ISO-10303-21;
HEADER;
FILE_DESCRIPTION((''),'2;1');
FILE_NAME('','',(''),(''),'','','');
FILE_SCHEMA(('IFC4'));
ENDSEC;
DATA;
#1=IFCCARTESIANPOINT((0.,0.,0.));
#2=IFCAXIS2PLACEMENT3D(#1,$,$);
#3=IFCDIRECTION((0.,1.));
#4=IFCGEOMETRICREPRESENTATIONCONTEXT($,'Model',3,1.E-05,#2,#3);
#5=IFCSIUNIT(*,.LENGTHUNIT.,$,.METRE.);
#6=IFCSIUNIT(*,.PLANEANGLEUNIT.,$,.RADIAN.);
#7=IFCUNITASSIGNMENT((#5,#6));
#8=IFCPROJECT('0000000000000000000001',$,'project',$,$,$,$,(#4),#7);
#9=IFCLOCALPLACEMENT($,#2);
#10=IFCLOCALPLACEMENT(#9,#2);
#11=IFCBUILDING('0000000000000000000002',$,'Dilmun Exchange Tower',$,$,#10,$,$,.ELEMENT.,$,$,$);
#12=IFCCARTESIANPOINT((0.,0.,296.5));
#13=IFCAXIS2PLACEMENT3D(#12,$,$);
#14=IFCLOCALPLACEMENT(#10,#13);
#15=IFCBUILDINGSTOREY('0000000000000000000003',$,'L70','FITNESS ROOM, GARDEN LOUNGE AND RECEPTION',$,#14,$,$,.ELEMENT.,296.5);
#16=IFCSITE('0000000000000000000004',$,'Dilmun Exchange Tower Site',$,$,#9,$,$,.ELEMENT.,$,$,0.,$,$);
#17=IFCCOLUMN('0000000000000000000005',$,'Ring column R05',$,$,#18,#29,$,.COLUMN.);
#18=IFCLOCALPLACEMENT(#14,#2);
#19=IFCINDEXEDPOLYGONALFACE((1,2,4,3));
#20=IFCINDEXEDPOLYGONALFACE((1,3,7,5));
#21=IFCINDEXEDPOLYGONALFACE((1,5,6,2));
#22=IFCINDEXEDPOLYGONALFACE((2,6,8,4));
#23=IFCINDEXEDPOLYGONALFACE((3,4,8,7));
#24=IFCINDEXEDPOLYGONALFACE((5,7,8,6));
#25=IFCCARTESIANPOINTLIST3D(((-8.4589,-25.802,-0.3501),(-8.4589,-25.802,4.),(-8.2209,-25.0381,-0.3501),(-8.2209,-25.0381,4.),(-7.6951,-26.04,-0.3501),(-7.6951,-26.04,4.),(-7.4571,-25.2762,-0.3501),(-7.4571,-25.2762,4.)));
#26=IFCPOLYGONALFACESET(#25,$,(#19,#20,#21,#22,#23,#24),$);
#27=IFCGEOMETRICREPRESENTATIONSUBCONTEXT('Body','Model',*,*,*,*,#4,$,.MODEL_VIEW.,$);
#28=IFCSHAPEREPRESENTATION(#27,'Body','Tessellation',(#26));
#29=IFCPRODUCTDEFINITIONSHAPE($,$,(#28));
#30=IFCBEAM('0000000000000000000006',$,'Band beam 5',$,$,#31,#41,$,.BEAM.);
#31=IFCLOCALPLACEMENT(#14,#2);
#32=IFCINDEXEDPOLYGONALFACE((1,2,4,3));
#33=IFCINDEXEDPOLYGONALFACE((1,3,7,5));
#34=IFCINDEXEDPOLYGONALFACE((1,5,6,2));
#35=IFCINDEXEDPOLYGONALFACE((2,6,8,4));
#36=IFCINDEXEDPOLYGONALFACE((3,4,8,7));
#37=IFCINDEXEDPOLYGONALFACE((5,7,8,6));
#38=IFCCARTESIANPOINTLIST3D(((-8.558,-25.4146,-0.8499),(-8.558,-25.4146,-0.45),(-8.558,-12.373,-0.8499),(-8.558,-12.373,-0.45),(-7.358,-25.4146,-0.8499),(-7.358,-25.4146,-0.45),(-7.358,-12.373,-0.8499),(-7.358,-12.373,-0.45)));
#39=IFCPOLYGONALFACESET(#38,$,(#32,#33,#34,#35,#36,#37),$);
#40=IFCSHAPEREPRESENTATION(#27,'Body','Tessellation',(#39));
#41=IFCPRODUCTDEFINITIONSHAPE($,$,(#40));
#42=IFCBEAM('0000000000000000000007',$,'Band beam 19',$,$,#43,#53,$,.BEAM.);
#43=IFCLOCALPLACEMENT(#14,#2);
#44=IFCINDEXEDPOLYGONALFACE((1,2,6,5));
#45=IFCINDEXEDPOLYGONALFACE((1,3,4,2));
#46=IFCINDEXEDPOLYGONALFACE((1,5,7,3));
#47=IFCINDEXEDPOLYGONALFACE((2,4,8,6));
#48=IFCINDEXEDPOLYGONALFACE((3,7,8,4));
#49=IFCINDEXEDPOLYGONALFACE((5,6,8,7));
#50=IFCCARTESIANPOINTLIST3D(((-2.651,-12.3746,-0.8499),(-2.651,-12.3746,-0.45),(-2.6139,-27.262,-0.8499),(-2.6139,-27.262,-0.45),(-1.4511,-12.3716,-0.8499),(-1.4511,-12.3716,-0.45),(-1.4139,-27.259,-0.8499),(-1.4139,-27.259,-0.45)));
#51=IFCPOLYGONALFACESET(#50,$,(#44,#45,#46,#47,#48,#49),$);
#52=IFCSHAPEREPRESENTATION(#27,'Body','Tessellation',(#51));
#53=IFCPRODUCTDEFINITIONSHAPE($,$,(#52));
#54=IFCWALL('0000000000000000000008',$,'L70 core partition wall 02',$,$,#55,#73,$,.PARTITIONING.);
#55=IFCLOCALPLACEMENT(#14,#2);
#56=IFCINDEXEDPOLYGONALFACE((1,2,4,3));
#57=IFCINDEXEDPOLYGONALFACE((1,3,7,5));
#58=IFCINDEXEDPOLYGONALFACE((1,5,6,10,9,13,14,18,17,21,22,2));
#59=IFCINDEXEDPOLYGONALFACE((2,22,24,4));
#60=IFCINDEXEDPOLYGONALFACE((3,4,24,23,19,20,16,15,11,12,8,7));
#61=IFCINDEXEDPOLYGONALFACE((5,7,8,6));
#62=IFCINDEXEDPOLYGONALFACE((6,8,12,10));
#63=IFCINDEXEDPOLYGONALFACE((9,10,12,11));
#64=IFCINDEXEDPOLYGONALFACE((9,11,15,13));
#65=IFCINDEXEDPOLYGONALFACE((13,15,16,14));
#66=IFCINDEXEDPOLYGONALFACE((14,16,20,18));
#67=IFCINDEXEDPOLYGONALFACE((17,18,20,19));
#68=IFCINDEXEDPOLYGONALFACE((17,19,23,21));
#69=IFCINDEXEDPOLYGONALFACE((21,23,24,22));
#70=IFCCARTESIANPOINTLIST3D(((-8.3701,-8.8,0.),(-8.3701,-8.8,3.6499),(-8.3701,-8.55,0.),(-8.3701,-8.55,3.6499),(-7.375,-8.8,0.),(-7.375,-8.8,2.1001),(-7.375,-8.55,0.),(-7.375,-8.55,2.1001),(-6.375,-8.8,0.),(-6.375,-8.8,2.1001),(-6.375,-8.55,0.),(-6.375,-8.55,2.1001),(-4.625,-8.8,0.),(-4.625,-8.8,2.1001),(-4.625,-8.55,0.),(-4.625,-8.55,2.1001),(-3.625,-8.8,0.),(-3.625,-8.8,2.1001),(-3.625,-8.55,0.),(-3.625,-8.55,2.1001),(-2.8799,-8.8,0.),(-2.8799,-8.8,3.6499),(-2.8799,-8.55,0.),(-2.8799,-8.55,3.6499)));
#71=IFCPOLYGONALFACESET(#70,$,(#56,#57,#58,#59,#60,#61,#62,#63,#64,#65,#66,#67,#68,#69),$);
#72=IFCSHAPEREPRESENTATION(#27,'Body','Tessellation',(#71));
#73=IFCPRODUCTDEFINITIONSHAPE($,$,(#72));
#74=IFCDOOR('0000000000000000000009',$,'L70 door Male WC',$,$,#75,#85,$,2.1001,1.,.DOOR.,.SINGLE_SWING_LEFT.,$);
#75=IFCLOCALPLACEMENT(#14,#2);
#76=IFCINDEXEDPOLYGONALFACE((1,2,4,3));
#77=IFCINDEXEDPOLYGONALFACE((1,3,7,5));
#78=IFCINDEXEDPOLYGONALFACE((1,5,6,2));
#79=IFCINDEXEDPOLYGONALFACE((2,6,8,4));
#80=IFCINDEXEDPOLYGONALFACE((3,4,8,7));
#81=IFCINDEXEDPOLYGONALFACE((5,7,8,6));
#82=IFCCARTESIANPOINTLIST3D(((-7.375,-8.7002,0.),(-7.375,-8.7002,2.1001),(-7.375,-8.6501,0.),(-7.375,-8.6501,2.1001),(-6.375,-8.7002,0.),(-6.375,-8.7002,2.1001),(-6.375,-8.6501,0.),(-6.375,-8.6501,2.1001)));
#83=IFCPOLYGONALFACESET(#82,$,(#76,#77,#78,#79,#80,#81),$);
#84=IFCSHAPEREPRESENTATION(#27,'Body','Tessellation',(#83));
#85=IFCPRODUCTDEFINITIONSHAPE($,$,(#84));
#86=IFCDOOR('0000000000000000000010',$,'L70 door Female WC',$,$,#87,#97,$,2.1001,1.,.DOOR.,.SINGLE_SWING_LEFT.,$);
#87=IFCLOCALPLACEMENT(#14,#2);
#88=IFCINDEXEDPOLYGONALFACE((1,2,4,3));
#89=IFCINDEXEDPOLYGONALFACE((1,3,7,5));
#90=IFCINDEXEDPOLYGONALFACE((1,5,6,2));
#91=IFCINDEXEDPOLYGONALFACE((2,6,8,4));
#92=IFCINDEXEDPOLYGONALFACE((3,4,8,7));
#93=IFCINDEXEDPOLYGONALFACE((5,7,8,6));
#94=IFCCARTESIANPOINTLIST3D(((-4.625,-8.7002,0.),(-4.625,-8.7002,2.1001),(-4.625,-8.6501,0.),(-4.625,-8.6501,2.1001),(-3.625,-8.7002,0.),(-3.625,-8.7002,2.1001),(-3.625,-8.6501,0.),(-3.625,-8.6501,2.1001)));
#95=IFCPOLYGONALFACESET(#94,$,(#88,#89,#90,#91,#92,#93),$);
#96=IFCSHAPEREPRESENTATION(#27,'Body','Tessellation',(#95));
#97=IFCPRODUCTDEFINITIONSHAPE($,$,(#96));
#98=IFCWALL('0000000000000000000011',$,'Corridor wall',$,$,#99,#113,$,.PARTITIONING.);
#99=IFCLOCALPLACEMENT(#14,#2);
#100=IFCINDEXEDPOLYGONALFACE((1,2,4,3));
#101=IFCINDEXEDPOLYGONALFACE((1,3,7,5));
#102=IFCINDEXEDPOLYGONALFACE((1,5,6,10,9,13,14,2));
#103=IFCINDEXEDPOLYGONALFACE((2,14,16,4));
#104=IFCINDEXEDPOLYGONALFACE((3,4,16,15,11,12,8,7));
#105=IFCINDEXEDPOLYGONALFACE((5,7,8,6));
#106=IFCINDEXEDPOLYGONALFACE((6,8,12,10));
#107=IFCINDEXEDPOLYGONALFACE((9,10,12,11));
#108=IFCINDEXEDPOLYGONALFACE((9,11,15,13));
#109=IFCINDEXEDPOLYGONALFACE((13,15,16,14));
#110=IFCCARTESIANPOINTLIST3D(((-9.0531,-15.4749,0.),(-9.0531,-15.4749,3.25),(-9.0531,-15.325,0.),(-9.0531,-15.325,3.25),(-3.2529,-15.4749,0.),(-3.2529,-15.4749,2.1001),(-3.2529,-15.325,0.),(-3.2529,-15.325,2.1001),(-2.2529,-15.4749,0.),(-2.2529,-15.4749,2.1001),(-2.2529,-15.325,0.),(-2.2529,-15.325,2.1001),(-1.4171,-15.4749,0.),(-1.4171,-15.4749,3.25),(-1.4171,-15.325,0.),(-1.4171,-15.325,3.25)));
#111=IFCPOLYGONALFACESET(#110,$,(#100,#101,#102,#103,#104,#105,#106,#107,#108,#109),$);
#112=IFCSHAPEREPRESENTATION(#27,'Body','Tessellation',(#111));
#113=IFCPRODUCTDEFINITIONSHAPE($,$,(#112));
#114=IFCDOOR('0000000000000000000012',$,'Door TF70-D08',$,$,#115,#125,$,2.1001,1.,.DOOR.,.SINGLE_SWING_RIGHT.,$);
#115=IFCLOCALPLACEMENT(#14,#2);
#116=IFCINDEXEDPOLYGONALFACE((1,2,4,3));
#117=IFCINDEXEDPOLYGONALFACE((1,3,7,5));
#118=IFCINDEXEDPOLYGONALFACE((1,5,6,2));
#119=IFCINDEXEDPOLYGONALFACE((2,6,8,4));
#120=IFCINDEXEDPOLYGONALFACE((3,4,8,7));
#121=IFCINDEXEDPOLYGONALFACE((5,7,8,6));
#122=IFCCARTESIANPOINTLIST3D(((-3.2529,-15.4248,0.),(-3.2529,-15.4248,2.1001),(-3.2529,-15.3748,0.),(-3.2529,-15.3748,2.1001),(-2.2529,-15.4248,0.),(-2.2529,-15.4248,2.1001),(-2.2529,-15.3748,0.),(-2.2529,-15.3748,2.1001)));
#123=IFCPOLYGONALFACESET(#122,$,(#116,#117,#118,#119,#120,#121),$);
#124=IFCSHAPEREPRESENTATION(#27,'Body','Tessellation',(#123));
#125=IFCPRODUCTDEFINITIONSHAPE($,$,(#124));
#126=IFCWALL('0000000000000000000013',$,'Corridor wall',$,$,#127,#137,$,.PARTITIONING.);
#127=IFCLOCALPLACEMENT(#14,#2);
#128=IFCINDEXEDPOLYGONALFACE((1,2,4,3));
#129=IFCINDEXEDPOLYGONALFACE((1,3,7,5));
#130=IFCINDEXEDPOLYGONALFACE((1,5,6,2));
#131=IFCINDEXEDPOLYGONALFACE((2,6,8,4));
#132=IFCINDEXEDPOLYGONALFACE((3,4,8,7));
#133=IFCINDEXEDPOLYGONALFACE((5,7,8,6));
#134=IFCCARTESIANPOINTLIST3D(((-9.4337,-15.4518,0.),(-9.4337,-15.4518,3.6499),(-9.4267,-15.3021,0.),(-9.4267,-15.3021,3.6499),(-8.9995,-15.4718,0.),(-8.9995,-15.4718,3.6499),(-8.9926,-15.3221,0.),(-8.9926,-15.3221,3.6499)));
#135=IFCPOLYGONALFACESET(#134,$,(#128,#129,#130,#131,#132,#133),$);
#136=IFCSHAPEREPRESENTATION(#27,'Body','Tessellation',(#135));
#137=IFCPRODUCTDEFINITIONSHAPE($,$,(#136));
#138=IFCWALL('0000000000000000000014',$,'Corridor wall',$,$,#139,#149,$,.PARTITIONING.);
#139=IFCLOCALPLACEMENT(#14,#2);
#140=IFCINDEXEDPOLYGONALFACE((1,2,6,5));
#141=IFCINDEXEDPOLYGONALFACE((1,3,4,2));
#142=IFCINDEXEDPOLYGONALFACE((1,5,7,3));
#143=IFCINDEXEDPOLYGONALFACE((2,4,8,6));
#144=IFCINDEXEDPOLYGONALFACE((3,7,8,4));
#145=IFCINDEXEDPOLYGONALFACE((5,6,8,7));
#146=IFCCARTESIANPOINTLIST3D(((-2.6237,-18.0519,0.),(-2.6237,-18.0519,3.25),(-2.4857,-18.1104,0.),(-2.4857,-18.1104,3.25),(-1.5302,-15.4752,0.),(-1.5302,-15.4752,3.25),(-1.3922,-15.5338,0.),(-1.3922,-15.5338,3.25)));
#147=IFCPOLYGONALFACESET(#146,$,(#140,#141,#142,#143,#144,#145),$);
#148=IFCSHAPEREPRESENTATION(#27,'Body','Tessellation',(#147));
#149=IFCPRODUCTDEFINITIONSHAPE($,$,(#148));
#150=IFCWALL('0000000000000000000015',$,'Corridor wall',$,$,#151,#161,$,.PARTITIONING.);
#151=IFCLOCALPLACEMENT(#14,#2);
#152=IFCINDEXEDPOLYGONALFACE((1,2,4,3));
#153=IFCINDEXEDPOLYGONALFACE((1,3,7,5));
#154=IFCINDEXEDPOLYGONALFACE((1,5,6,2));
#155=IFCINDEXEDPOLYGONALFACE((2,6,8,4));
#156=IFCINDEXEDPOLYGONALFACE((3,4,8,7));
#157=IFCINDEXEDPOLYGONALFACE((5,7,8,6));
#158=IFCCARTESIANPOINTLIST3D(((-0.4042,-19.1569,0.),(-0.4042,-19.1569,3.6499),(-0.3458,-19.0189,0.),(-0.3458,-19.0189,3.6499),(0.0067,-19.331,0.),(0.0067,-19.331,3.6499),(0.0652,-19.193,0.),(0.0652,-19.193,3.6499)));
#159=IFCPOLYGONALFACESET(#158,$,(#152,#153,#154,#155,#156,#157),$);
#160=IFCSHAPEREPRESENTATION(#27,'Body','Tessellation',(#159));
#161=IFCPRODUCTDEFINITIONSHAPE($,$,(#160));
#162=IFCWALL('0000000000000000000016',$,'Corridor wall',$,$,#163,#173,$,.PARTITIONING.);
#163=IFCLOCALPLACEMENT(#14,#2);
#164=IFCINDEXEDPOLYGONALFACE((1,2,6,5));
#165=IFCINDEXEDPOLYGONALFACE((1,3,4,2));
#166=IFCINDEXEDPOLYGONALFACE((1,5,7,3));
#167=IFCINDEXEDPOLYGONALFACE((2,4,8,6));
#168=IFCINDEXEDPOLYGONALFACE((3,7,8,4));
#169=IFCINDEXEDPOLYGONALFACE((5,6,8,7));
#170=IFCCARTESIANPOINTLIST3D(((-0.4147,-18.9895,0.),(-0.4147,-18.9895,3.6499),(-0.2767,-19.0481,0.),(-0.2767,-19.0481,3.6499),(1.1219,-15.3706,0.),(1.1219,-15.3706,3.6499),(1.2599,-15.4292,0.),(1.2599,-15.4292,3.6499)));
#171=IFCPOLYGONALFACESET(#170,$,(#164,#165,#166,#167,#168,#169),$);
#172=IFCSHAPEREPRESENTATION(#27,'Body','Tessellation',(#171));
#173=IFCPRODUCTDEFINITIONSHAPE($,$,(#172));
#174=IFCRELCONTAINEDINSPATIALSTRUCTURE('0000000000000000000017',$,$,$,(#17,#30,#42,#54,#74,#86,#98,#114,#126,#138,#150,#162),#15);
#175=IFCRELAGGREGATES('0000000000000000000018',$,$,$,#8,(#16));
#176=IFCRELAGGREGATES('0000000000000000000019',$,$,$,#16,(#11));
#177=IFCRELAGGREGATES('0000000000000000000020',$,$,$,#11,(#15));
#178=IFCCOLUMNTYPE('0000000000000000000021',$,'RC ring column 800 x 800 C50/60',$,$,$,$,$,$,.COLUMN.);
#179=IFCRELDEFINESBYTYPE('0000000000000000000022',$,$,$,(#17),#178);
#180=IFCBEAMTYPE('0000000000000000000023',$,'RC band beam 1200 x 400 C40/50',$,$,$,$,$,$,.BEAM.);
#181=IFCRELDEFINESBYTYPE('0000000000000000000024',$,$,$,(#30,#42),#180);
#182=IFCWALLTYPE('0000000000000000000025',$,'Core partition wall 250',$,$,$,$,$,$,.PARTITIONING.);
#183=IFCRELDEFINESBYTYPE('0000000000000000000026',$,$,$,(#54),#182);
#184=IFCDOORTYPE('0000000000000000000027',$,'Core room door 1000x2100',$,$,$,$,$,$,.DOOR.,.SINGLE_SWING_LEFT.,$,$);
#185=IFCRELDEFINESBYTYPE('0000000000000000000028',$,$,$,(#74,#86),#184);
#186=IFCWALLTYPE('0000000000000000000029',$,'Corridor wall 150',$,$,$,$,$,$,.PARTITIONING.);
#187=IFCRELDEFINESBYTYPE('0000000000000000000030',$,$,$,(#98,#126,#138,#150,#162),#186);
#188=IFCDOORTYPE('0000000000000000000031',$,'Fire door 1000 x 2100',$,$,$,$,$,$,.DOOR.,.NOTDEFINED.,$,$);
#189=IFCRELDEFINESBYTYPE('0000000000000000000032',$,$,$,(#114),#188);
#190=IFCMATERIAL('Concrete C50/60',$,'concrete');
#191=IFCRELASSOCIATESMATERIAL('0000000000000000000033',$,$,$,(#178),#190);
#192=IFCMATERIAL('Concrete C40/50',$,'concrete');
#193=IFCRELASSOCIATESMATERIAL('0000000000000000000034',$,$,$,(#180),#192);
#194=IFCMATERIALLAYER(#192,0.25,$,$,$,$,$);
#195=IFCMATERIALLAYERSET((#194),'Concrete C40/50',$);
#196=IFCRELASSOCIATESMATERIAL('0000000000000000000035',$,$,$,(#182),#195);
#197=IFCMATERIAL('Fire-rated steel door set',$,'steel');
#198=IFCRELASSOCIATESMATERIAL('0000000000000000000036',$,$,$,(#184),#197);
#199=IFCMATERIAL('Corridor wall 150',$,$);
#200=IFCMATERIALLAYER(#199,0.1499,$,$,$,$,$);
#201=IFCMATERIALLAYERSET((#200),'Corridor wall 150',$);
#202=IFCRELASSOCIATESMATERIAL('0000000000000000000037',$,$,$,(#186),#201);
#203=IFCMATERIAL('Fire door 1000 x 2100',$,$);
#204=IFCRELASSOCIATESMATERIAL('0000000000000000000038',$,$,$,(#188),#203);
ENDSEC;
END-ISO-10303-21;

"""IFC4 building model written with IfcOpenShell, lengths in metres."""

from ifc_helpers import new_model, si_unit, direction, frame, frame_2d, origin, origin_2d, place, context, subcontext, project, spatial, rectangle, extrude, material, layer, layer_set, material_profile, profile_set, type_object, element, fill, save


model = new_model("IFC4")

# Units and contexts
model_context = context("Model", 3, precision=1e-05, world=origin(), true_north=direction((0.0, 1.0)))
body_context = subcontext(model_context, "Body", "Model", "MODEL_VIEW")
ifc_project = project(units=[si_unit("LENGTHUNIT", "METRE"), si_unit("PLANEANGLEUNIT", "RADIAN")], contexts=[model_context])

# Site, building, storey
site_placement = place(None, origin())
site = spatial("IfcSite", under=ifc_project, at=site_placement, Name="Dilmun Exchange Tower Site", CompositionType="ELEMENT", RefElevation=0.0)
building_placement = place(site_placement, origin())
building = spatial("IfcBuilding", under=site, at=building_placement, Name="Dilmun Exchange Tower", CompositionType="ELEMENT")
storey_placement = place(building_placement, frame((0.0, 0.0, 296.5)))
storey = spatial("IfcBuildingStorey", under=building, at=storey_placement, Name="L70", Description="FITNESS ROOM, GARDEN LOUNGE AND RECEPTION", CompositionType="ELEMENT", Elevation=296.5)

# Column
ifc_material_1 = material(Name="Concrete C50/60", Category="concrete")
ifc_material_profile_1 = material_profile(ifc_material_1, rectangle(XDim=0.8, YDim=0.8, at=origin_2d()), Name="800 x 800")
ifc_profile_set_1 = profile_set([ifc_material_profile_1], Name="Concrete C50/60")
column_type = type_object("IfcColumnType", Name="RC ring column 800 x 800 C50/60", PredefinedType="COLUMN", material=ifc_profile_set_1)
column_placement = place(storey_placement, frame((-7.958, -25.5391, -0.3501), z_axis=(0.0, 0.0, 1.0), x_axis=(0.297503, 0.954721, 0.0)))
element("IfcColumn", 1, at=column_placement, inside=storey, type_object=column_type, Name="Ring column R05", PredefinedType="COLUMN", context=body_context, shape_type="SweptSolid", body=[
    extrude(rectangle(XDim=0.8, YDim=0.8, at=origin_2d()), origin(), (0.0, 0.0, 1.0), 4.3501),
])

# Beams
ifc_material_2 = material(Name="Concrete C40/50", Category="concrete")
ifc_material_profile_2 = material_profile(ifc_material_2, rectangle(XDim=1.2, YDim=0.3999, at=origin_2d()), Name="1200 x 400")
ifc_profile_set_2 = profile_set([ifc_material_profile_2], Name="Concrete C40/50")
beam_type = type_object("IfcBeamType", Name="RC band beam 1200 x 400 C40/50", PredefinedType="BEAM", material=ifc_profile_set_2)
beam_1_placement = place(storey_placement, frame((-7.958, -25.4146, -0.6499), z_axis=(0.0, 1.0, 0.0), x_axis=(-1.0, 0.0, 0.0)))
element("IfcBeam", 2, at=beam_1_placement, inside=storey, type_object=beam_type, Name="Band beam 5", PredefinedType="BEAM", context=body_context, shape_type="SweptSolid", body=[
    extrude(rectangle(XDim=1.2, YDim=0.3999, at=origin_2d()), origin(), (0.0, 0.0, 1.0), 13.0415),
])
beam_2_placement = place(storey_placement, frame((-2.0139, -27.2605, -0.6499), z_axis=(-0.002493, 0.999997, 0.0), x_axis=(-0.999997, -0.002493, 0.0)))
element("IfcBeam", 3, at=beam_2_placement, inside=storey, type_object=beam_type, Name="Band beam 19", PredefinedType="BEAM", context=body_context, shape_type="SweptSolid", body=[
    extrude(rectangle(XDim=1.2, YDim=0.3999, at=origin_2d()), origin(), (0.0, 0.0, 1.0), 14.8875),
])

# Wall, openings, doors
ifc_layer_1 = layer(ifc_material_2, 0.25)
ifc_layer_set_1 = layer_set([ifc_layer_1], Name="Concrete C40/50")
wall_type_1 = type_object("IfcWallType", Name="Core partition wall 250", PredefinedType="PARTITIONING", material=ifc_layer_set_1)
wall_1_placement = place(storey_placement, frame((-8.3701, -8.675, 0.0), z_axis=(0.0, 0.0, 1.0), x_axis=(1.0, 0.0, 0.0)))
wall_1 = element("IfcWall", 4, at=wall_1_placement, inside=storey, type_object=wall_type_1, Name="L70 core partition wall 02", PredefinedType="PARTITIONING", context=body_context, shape_type="SweptSolid", body=[
    extrude(rectangle(XDim=5.4902, YDim=0.25, at=frame_2d((2.7451, 0.0))), origin(), (0.0, 0.0, 1.0), 3.6499),
])
opening_1_placement = place(wall_1_placement, frame((0.9951, 0.0, 0.0)))
opening_1 = element("IfcOpeningElement", 5, at=opening_1_placement, cuts=wall_1, PredefinedType="OPENING", context=body_context, shape_type="SweptSolid", body=[
    extrude(rectangle(XDim=1.0, YDim=2.1001, at=frame_2d((0.5, 1.05))), frame((0.0, 0.135, 0.0), z_axis=(0.0, -1.0, 0.0), x_axis=(1.0, 0.0, 0.0)), (0.0, 0.0, 1.0), 0.27),
])
opening_2_placement = place(wall_1_placement, frame((3.7451, 0.0, 0.0)))
opening_2 = element("IfcOpeningElement", 6, at=opening_2_placement, cuts=wall_1, PredefinedType="OPENING", context=body_context, shape_type="SweptSolid", body=[
    extrude(rectangle(XDim=1.0, YDim=2.1001, at=frame_2d((0.5, 1.05))), frame((0.0, 0.135, 0.0), z_axis=(0.0, -1.0, 0.0), x_axis=(1.0, 0.0, 0.0)), (0.0, 0.0, 1.0), 0.27),
])
ifc_material_3 = material(Name="Fire-rated steel door set", Category="steel")
door_type_1 = type_object("IfcDoorType", Name="Core room door 1000x2100", OperationType="SINGLE_SWING_LEFT", PredefinedType="DOOR", material=ifc_material_3)
door_1_placement = place(opening_1_placement, origin())
door_1 = element("IfcDoor", 7, at=door_1_placement, inside=storey, type_object=door_type_1, Name="L70 door Male WC", OperationType="SINGLE_SWING_LEFT", OverallHeight=2.1001, OverallWidth=1.0, PredefinedType="DOOR", context=body_context, shape_type="SweptSolid", body=[
    extrude(rectangle(XDim=1.0, YDim=2.1001, at=frame_2d((0.5, 1.05))), frame((0.0, 0.0249, 0.0), z_axis=(0.0, -1.0, 0.0), x_axis=(1.0, 0.0, 0.0)), (0.0, 0.0, 1.0), 0.05),
])
fill(opening_1, door_1)
door_2_placement = place(opening_2_placement, origin())
door_2 = element("IfcDoor", 8, at=door_2_placement, inside=storey, type_object=door_type_1, Name="L70 door Female WC", OperationType="SINGLE_SWING_LEFT", OverallHeight=2.1001, OverallWidth=1.0, PredefinedType="DOOR", context=body_context, shape_type="SweptSolid", body=[
    extrude(rectangle(XDim=1.0, YDim=2.1001, at=frame_2d((0.5, 1.05))), frame((0.0, 0.0249, 0.0), z_axis=(0.0, -1.0, 0.0), x_axis=(1.0, 0.0, 0.0)), (0.0, 0.0, 1.0), 0.05),
])
fill(opening_2, door_2)

# Wall, opening, door
ifc_material_4 = material(Name="Corridor wall 150")
ifc_layer_2 = layer(ifc_material_4, 0.1499)
ifc_layer_set_2 = layer_set([ifc_layer_2], Name="Corridor wall 150")
wall_type_2 = type_object("IfcWallType", Name="Corridor wall 150", PredefinedType="PARTITIONING", material=ifc_layer_set_2)
wall_2_placement = place(storey_placement, frame((-9.053, -15.3999, 0.0), z_axis=(0.0, 0.0, 1.0), x_axis=(1.0, 0.0, 0.0)))
wall_2 = element("IfcWall", 9, at=wall_2_placement, inside=storey, type_object=wall_type_2, Name="Corridor wall", PredefinedType="PARTITIONING", context=body_context, shape_type="SweptSolid", body=[
    extrude(rectangle(XDim=7.636, YDim=0.1499, at=frame_2d((3.8179, 0.0))), origin(), (0.0, 0.0, 1.0), 3.25),
])
opening_3_placement = place(wall_2_placement, frame((5.8, 0.0, 0.0)))
opening_3 = element("IfcOpeningElement", 10, at=opening_3_placement, cuts=wall_2, PredefinedType="OPENING", context=body_context, shape_type="SweptSolid", body=[
    extrude(rectangle(XDim=1.0, YDim=2.1001, at=frame_2d((0.5, 1.05))), frame((0.0, 0.085, 0.0), z_axis=(0.0, -1.0, 0.0), x_axis=(1.0, 0.0, 0.0)), (0.0, 0.0, 1.0), 0.1699),
])
ifc_material_5 = material(Name="Fire door 1000 x 2100")
door_type_2 = type_object("IfcDoorType", Name="Fire door 1000 x 2100", OperationType="NOTDEFINED", PredefinedType="DOOR", material=ifc_material_5)
door_3_placement = place(opening_3_placement, frame((1.0, 0.0, 0.0), z_axis=(0.0, 0.0, 1.0), x_axis=(-1.0, 0.0, 0.0)))
door_3 = element("IfcDoor", 11, at=door_3_placement, inside=storey, type_object=door_type_2, Name="Door TF70-D08", OperationType="SINGLE_SWING_RIGHT", OverallHeight=2.1001, OverallWidth=1.0, PredefinedType="DOOR", context=body_context, shape_type="SweptSolid", body=[
    extrude(rectangle(XDim=1.0, YDim=2.1001, at=frame_2d((0.5, 1.05))), frame((0.0, 0.0249, 0.0), z_axis=(0.0, -1.0, 0.0), x_axis=(1.0, 0.0, 0.0)), (0.0, 0.0, 1.0), 0.05),
])
fill(opening_3, door_3)

# Walls
wall_3_placement = place(storey_placement, frame((-8.9961, -15.397, 0.0), z_axis=(0.0, 0.0, 1.0), x_axis=(-0.998938, 0.04607, 0.0)))
element("IfcWall", 12, at=wall_3_placement, inside=storey, type_object=wall_type_2, Name="Corridor wall", PredefinedType="PARTITIONING", context=body_context, shape_type="SweptSolid", body=[
    extrude(rectangle(XDim=0.4346, YDim=0.1499, at=frame_2d((0.2173, 0.0))), origin(), (0.0, 0.0, 1.0), 3.6499),
])
wall_4_placement = place(storey_placement, frame((-2.5547, -18.0811, 0.0), z_axis=(0.0, 0.0, 1.0), x_axis=(0.390664, 0.920533, 0.0)))
element("IfcWall", 13, at=wall_4_placement, inside=storey, type_object=wall_type_2, Name="Corridor wall", PredefinedType="PARTITIONING", context=body_context, shape_type="SweptSolid", body=[
    extrude(rectangle(XDim=2.7991, YDim=0.1499, at=frame_2d((1.3994, 0.0))), origin(), (0.0, 0.0, 1.0), 3.25),
])
wall_5_placement = place(storey_placement, frame((-0.375, -19.0879, 0.0), z_axis=(0.0, 0.0, 1.0), x_axis=(0.920778, -0.390086, 0.0)))
element("IfcWall", 14, at=wall_5_placement, inside=storey, type_object=wall_type_2, Name="Corridor wall", PredefinedType="PARTITIONING", context=body_context, shape_type="SweptSolid", body=[
    extrude(rectangle(XDim=0.4463, YDim=0.1499, at=frame_2d((0.2231, 0.0))), origin(), (0.0, 0.0, 1.0), 3.6499),
])
wall_6_placement = place(storey_placement, frame((-0.3457, -19.0188, 0.0), z_axis=(0.0, 0.0, 1.0), x_axis=(0.390837, 0.92046, 0.0)))
element("IfcWall", 15, at=wall_6_placement, inside=storey, type_object=wall_type_2, Name="Corridor wall", PredefinedType="PARTITIONING", context=body_context, shape_type="SweptSolid", body=[
    extrude(rectangle(XDim=3.9316, YDim=0.1499, at=frame_2d((1.9658, 0.0))), origin(), (0.0, 0.0, 1.0), 3.6499),
])

save(model, "model.ifc")
